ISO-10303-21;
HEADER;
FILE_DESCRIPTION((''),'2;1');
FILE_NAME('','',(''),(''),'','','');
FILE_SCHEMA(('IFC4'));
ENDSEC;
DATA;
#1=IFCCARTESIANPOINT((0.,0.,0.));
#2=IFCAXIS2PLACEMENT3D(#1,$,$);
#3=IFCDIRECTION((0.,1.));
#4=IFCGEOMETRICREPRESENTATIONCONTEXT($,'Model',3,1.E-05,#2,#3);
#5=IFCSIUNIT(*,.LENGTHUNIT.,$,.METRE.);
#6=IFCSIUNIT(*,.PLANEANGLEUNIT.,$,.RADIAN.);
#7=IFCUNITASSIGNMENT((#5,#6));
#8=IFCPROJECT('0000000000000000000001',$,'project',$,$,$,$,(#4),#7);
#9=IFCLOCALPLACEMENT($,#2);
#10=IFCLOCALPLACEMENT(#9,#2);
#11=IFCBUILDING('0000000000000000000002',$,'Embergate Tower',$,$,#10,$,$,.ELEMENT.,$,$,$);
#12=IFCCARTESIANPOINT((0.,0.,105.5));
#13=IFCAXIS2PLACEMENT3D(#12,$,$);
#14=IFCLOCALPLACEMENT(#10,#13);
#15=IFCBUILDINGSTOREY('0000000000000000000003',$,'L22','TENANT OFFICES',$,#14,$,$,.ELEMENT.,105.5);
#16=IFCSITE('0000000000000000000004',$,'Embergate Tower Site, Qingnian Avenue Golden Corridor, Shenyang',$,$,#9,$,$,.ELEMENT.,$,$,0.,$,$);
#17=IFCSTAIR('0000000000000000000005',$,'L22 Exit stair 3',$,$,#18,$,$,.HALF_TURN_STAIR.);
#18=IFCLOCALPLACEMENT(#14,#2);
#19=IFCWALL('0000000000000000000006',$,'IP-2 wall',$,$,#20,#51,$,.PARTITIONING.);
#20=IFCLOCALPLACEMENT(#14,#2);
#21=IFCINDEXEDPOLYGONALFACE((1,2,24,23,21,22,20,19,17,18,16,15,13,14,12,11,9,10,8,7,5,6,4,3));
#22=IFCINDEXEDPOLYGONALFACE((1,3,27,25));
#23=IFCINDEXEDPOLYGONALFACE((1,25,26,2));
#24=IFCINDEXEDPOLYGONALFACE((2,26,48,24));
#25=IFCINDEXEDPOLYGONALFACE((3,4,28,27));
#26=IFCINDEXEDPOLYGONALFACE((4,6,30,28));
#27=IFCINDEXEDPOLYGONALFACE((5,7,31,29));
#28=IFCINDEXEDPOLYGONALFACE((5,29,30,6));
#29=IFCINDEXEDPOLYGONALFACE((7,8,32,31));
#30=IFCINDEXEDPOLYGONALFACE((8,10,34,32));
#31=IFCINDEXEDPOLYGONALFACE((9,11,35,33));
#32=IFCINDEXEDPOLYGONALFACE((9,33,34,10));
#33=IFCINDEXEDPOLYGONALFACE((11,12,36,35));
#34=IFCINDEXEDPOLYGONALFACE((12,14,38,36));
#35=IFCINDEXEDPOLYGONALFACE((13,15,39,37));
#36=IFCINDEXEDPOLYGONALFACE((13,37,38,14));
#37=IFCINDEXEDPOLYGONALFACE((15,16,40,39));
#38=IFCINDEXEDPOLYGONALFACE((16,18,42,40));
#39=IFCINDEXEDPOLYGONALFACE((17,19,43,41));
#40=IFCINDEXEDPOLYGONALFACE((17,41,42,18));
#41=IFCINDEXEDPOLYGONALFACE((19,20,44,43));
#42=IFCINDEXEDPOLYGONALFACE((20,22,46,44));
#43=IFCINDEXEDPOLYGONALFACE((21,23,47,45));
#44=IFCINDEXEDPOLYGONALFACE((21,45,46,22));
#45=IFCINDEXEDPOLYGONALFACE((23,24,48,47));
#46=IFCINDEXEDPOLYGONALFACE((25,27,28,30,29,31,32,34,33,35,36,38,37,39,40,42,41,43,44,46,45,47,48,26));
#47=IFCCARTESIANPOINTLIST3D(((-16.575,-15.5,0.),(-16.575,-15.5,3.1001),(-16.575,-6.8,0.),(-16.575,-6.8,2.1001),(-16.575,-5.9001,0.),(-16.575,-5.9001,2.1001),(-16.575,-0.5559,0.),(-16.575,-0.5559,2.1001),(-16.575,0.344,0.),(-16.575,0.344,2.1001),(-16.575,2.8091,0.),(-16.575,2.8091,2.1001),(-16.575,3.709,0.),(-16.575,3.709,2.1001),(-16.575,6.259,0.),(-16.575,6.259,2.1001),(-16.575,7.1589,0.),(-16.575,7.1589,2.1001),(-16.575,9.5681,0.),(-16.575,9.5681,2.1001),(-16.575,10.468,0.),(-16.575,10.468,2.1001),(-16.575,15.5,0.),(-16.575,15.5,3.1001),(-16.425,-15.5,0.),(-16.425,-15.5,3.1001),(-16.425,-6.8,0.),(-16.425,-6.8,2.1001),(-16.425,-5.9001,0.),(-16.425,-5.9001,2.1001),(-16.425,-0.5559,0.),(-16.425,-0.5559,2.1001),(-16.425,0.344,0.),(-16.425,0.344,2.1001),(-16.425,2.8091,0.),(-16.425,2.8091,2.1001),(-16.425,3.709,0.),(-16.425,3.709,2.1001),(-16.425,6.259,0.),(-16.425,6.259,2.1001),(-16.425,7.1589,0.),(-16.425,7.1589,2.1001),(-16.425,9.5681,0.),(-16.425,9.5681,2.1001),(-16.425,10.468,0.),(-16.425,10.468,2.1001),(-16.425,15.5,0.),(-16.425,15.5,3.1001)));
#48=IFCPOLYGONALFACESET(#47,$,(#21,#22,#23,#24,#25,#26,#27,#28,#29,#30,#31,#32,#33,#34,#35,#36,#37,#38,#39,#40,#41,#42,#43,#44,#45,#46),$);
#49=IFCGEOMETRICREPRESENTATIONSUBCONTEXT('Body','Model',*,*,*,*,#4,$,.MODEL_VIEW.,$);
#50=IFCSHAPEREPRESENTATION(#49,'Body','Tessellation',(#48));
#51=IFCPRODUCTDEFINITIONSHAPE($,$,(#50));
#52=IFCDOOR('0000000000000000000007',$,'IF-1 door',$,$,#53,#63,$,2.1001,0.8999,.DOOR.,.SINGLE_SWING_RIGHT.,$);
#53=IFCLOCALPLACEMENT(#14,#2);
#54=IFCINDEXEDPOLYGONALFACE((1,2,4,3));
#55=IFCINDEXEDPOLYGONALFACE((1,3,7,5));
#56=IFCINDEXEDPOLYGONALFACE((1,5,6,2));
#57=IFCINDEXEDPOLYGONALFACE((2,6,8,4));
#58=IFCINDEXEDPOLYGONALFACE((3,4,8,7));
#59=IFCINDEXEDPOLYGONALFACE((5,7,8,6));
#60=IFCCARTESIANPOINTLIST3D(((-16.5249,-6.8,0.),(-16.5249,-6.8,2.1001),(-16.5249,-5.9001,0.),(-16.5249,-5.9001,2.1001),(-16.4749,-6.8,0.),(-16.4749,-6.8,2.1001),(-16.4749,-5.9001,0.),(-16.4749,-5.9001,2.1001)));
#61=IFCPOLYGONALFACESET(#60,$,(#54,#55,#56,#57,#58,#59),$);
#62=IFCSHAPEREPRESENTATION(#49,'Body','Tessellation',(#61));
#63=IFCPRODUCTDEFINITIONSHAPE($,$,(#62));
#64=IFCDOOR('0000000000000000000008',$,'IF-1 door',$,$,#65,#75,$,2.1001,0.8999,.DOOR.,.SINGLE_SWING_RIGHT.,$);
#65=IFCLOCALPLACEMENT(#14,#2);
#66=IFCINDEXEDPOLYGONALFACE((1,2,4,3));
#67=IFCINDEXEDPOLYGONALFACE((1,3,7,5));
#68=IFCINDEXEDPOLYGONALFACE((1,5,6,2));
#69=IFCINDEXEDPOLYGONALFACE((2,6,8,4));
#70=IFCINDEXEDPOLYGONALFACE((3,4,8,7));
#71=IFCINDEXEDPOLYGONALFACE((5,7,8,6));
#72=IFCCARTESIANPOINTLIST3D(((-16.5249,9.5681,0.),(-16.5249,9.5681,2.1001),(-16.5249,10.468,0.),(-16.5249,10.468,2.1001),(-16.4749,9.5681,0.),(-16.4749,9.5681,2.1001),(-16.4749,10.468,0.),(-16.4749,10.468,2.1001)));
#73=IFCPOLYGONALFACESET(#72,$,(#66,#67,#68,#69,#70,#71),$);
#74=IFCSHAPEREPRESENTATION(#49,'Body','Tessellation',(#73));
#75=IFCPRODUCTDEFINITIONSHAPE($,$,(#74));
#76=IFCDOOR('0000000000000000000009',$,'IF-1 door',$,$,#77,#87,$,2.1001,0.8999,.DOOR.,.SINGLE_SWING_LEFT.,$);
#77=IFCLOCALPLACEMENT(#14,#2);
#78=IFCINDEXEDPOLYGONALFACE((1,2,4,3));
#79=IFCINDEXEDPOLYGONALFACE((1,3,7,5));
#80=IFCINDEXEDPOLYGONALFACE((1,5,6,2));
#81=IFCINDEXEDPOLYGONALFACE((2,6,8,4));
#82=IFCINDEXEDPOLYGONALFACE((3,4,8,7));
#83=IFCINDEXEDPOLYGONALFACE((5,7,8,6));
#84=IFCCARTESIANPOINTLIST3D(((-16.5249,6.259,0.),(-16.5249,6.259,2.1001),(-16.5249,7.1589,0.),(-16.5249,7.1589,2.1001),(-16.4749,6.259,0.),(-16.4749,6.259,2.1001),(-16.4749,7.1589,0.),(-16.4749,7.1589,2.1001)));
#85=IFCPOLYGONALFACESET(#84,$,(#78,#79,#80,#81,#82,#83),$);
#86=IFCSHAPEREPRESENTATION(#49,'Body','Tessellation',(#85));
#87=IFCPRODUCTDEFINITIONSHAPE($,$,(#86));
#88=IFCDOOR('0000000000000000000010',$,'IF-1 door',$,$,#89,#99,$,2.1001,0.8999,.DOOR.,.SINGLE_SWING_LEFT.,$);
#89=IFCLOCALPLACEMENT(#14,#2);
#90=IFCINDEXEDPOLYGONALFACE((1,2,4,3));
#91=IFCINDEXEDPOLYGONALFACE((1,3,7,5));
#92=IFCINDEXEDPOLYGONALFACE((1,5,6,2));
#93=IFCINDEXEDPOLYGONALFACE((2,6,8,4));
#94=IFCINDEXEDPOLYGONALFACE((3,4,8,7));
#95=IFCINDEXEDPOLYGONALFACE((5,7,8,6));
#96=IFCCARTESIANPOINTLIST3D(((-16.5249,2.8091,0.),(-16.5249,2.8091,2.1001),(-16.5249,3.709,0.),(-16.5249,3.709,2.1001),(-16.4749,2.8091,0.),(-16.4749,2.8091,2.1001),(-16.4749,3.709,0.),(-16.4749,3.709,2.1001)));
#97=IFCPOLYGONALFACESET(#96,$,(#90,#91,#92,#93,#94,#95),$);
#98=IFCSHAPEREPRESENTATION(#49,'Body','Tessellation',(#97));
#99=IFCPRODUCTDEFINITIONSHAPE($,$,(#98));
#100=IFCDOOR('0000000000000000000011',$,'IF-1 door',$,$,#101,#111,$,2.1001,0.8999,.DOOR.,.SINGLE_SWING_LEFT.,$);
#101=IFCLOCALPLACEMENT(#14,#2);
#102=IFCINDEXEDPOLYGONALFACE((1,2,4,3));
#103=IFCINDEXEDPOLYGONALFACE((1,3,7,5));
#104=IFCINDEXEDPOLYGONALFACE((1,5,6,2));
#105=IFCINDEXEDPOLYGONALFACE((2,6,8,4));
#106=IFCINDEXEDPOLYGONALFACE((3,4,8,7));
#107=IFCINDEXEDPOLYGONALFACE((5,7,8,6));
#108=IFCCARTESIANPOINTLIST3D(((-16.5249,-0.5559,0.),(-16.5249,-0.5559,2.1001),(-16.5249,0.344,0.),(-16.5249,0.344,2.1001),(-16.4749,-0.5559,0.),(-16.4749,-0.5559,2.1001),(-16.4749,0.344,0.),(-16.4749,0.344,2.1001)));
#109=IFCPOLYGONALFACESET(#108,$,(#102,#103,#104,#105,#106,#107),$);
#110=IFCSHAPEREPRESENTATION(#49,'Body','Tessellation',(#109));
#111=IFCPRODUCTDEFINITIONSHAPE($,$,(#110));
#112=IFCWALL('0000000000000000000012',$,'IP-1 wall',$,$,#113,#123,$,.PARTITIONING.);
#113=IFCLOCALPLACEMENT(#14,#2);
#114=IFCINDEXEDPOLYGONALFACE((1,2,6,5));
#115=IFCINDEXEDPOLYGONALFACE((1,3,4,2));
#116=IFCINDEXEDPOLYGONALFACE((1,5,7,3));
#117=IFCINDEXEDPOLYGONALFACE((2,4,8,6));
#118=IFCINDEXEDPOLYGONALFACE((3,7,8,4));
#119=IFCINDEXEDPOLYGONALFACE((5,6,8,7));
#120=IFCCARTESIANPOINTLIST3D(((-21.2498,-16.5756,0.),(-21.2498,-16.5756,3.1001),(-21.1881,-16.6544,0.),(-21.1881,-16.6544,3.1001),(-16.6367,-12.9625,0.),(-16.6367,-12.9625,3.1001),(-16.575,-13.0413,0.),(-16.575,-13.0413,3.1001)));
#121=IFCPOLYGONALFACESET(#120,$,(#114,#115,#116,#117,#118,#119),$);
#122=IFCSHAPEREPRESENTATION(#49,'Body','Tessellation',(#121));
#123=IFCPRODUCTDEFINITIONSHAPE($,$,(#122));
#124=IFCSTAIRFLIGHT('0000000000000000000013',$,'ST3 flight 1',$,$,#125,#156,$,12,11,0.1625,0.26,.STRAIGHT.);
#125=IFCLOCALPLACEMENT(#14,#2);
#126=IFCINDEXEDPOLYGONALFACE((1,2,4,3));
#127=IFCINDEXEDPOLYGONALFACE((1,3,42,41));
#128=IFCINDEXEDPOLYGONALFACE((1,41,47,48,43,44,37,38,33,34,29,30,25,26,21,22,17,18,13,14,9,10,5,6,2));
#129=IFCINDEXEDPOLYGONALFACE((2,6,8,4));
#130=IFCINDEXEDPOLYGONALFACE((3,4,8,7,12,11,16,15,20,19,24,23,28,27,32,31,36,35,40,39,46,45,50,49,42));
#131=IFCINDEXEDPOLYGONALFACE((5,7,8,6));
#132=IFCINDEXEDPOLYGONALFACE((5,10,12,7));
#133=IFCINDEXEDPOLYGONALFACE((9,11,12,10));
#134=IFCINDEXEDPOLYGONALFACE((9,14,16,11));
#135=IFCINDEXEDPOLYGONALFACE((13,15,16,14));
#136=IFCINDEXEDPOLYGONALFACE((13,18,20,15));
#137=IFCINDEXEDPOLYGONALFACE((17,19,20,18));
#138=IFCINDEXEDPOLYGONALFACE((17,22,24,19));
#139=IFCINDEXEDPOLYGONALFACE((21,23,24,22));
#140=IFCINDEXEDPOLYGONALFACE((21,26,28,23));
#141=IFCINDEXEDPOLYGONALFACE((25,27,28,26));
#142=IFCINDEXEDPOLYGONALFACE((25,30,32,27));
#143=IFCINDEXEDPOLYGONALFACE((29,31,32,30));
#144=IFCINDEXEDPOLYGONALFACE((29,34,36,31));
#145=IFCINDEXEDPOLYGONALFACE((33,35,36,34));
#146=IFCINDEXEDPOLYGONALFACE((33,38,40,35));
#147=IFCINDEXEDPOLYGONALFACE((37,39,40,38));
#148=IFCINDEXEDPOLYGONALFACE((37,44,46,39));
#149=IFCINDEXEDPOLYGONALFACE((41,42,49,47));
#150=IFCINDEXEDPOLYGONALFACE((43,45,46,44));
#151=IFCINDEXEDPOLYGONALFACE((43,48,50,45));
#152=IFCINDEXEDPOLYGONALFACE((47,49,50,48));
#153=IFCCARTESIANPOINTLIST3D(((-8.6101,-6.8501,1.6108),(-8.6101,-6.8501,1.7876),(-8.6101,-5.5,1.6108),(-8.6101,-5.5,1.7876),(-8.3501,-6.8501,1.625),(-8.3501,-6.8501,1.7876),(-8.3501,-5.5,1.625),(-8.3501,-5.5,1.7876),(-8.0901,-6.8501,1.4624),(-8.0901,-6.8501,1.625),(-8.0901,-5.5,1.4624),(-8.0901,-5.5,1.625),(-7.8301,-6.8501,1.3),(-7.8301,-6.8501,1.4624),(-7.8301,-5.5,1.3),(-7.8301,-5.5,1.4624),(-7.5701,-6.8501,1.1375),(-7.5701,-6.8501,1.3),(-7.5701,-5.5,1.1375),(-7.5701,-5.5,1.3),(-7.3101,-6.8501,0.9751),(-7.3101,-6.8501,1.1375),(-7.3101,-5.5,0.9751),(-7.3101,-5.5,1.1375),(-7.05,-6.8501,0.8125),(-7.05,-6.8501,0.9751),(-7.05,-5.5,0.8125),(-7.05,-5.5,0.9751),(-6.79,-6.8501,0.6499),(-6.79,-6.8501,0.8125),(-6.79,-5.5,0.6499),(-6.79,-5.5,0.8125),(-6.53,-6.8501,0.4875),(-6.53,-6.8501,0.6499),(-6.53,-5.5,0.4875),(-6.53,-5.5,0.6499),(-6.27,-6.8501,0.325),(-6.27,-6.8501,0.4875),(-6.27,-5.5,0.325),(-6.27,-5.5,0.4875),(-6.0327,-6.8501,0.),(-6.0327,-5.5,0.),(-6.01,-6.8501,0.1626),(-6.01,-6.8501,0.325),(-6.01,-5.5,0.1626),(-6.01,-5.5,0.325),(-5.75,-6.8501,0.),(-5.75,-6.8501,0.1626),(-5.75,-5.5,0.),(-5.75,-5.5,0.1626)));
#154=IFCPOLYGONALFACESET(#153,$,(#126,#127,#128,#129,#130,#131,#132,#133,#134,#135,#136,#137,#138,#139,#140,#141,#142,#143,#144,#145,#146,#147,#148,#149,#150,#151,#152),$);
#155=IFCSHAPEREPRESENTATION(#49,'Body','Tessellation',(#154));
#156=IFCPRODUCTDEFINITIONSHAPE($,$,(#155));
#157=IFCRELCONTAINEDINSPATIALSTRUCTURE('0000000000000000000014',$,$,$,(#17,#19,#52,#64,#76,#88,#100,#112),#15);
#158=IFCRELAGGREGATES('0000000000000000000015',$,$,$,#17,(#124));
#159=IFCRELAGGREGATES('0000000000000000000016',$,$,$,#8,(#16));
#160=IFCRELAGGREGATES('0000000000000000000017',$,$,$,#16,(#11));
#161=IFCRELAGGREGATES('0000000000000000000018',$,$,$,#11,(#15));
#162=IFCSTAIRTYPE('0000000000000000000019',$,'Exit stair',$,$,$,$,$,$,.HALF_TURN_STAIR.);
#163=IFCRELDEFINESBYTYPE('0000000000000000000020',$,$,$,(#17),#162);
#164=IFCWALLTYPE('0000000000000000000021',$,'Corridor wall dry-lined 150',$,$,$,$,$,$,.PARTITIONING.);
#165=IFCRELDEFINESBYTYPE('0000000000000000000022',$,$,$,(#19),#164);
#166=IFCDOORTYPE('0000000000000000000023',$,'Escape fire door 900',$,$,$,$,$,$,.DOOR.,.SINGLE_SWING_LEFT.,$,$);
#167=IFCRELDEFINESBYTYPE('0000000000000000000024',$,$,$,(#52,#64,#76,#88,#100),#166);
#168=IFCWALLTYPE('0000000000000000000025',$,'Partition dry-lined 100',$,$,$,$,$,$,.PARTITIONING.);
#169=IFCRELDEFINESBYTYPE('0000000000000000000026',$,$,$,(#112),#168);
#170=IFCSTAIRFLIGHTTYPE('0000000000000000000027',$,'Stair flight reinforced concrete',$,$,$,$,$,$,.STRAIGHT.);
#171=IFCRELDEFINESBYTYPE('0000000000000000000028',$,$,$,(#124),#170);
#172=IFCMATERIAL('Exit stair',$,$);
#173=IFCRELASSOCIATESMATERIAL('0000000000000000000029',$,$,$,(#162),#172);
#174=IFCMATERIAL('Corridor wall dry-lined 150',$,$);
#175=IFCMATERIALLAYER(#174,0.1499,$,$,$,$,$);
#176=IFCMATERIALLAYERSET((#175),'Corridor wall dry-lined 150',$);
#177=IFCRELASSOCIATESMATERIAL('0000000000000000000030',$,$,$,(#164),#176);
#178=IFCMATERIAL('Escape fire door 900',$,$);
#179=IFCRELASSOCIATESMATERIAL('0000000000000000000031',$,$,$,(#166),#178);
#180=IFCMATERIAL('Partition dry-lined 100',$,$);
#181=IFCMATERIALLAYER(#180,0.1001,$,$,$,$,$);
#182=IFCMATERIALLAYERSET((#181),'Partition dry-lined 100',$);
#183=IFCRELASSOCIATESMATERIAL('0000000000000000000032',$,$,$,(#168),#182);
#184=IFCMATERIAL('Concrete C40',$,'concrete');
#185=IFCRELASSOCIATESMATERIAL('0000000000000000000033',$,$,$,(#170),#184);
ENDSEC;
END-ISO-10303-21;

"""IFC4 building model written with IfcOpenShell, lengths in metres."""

from ifc_helpers import new_model, si_unit, direction, frame, frame_2d, origin, place, context, subcontext, project, spatial, polyline, rectangle, outline, extrude, source, transform, mapped, material, layer, layer_set, type_object, element, fill, aggregate, save


model = new_model("IFC4")

# Units and contexts
model_context = context("Model", 3, precision=1e-05, world=origin(), true_north=direction((0.0, 1.0)))
body_context = subcontext(model_context, "Body", "Model", "MODEL_VIEW")
ifc_project = project(units=[si_unit("LENGTHUNIT", "METRE"), si_unit("PLANEANGLEUNIT", "RADIAN")], contexts=[model_context])

# Site, building, storey
site_placement = place(None, origin())
site = spatial("IfcSite", under=ifc_project, at=site_placement, Name="Embergate Tower Site, Qingnian Avenue Golden Corridor, Shenyang", CompositionType="ELEMENT", RefElevation=0.0)
building_placement = place(site_placement, origin())
building = spatial("IfcBuilding", under=site, at=building_placement, Name="Embergate Tower", CompositionType="ELEMENT")
storey_placement = place(building_placement, frame((0.0, 0.0, 105.5)))
storey = spatial("IfcBuildingStorey", under=building, at=storey_placement, Name="L22", Description="TENANT OFFICES", CompositionType="ELEMENT", Elevation=105.5)

# Stair
ifc_material_1 = material(Name="Exit stair")
stair_type = type_object("IfcStairType", Name="Exit stair", PredefinedType="HALF_TURN_STAIR", material=ifc_material_1)
stair_placement = place(storey_placement, origin())
stair = element("IfcStair", 1, at=stair_placement, inside=storey, type_object=stair_type, Name="L22 Exit stair 3", PredefinedType="HALF_TURN_STAIR")
ifc_material_2 = material(Name="Concrete C40", Category="concrete")

# Shared definitions
shared_shape_1 = source(origin(), body_context, "Body", "SweptSolid", [
    extrude(rectangle(XDim=0.8999, YDim=2.1001, at=frame_2d((0.45, 1.05))), frame((0.0, 0.0249, 0.0), z_axis=(0.0, -1.0, 0.0), x_axis=(1.0, 0.0, 0.0)), (0.0, 0.0, 1.0), 0.05),
])

# Wall, openings, doors
ifc_material_3 = material(Name="Corridor wall dry-lined 150")
ifc_layer_1 = layer(ifc_material_3, 0.1499)
ifc_layer_set_1 = layer_set([ifc_layer_1], Name="Corridor wall dry-lined 150")
wall_type_1 = type_object("IfcWallType", Name="Corridor wall dry-lined 150", PredefinedType="PARTITIONING", material=ifc_layer_set_1)
shared_shape_2 = source(origin(), body_context, "Body", "SweptSolid", [
    extrude(rectangle(XDim=31.0, YDim=0.1499, at=frame_2d((15.5, 0.0))), origin(), (0.0, 0.0, 1.0), 3.1001),
])
wall_1_placement = place(storey_placement, frame((-16.5, -15.5, 0.0), z_axis=(0.0, 0.0, 1.0), x_axis=(0.0, 1.0, 0.0)))
wall_1 = element("IfcWall", 2, at=wall_1_placement, inside=storey, type_object=wall_type_1, Name="IP-2 wall", PredefinedType="PARTITIONING", context=body_context, shape_type="MappedRepresentation", body=[
    mapped(shared_shape_2, transform((0.0, 0.0, 0.0))),
])
shared_shape_3 = source(origin(), body_context, "Body", "SweptSolid", [
    extrude(rectangle(XDim=0.8999, YDim=2.1001, at=frame_2d((0.45, 1.05))), frame((0.0, 0.085, 0.0), z_axis=(0.0, -1.0, 0.0), x_axis=(1.0, 0.0, 0.0)), (0.0, 0.0, 1.0), 0.1699),
])
opening_1_placement = place(wall_1_placement, frame((8.7, 0.0, 0.0)))
opening_1 = element("IfcOpeningElement", 3, at=opening_1_placement, cuts=wall_1, PredefinedType="OPENING", context=body_context, shape_type="MappedRepresentation", body=[
    mapped(shared_shape_3, transform((0.0, 0.0, 0.0))),
])
opening_2_placement = place(wall_1_placement, frame((25.0681, 0.0, 0.0)))
opening_2 = element("IfcOpeningElement", 4, at=opening_2_placement, cuts=wall_1, PredefinedType="OPENING", context=body_context, shape_type="MappedRepresentation", body=[
    mapped(shared_shape_3, transform((0.0, 0.0, 0.0))),
])
opening_3_placement = place(wall_1_placement, frame((21.759, 0.0, 0.0)))
opening_3 = element("IfcOpeningElement", 5, at=opening_3_placement, cuts=wall_1, PredefinedType="OPENING", context=body_context, shape_type="MappedRepresentation", body=[
    mapped(shared_shape_3, transform((0.0, 0.0, 0.0))),
])
opening_4_placement = place(wall_1_placement, frame((18.3091, 0.0, 0.0)))
opening_4 = element("IfcOpeningElement", 6, at=opening_4_placement, cuts=wall_1, PredefinedType="OPENING", context=body_context, shape_type="MappedRepresentation", body=[
    mapped(shared_shape_3, transform((0.0, 0.0, 0.0))),
])
opening_5_placement = place(wall_1_placement, frame((14.9441, 0.0, 0.0)))
opening_5 = element("IfcOpeningElement", 7, at=opening_5_placement, cuts=wall_1, PredefinedType="OPENING", context=body_context, shape_type="MappedRepresentation", body=[
    mapped(shared_shape_3, transform((0.0, 0.0, 0.0))),
])
ifc_material_4 = material(Name="Escape fire door 900")
door_type_1 = type_object("IfcDoorType", Name="Escape fire door 900", OperationType="SINGLE_SWING_LEFT", PredefinedType="DOOR", material=ifc_material_4)
door_1_placement = place(opening_1_placement, origin())
door_1 = element("IfcDoor", 8, at=door_1_placement, inside=storey, type_object=door_type_1, Name="IF-1 door", OperationType="SINGLE_SWING_RIGHT", OverallHeight=2.1001, OverallWidth=0.8999, PredefinedType="DOOR", context=body_context, shape_type="MappedRepresentation", body=[
    mapped(shared_shape_1, transform((0.0, 0.0, 0.0))),
])
fill(opening_1, door_1)
door_2_placement = place(opening_2_placement, origin())
door_2 = element("IfcDoor", 9, at=door_2_placement, inside=storey, type_object=door_type_1, Name="IF-1 door", OperationType="SINGLE_SWING_RIGHT", OverallHeight=2.1001, OverallWidth=0.8999, PredefinedType="DOOR", context=body_context, shape_type="MappedRepresentation", body=[
    mapped(shared_shape_1, transform((0.0, 0.0, 0.0))),
])
fill(opening_2, door_2)
door_3_placement = place(opening_3_placement, origin())
door_3 = element("IfcDoor", 10, at=door_3_placement, inside=storey, type_object=door_type_1, Name="IF-1 door", OperationType="SINGLE_SWING_LEFT", OverallHeight=2.1001, OverallWidth=0.8999, PredefinedType="DOOR", context=body_context, shape_type="MappedRepresentation", body=[
    mapped(shared_shape_1, transform((0.0, 0.0, 0.0))),
])
fill(opening_3, door_3)
door_4_placement = place(opening_4_placement, origin())
door_4 = element("IfcDoor", 11, at=door_4_placement, inside=storey, type_object=door_type_1, Name="IF-1 door", OperationType="SINGLE_SWING_LEFT", OverallHeight=2.1001, OverallWidth=0.8999, PredefinedType="DOOR", context=body_context, shape_type="MappedRepresentation", body=[
    mapped(shared_shape_1, transform((0.0, 0.0, 0.0))),
])
fill(opening_4, door_4)
door_5_placement = place(opening_5_placement, origin())
door_5 = element("IfcDoor", 12, at=door_5_placement, inside=storey, type_object=door_type_1, Name="IF-1 door", OperationType="SINGLE_SWING_LEFT", OverallHeight=2.1001, OverallWidth=0.8999, PredefinedType="DOOR", context=body_context, shape_type="MappedRepresentation", body=[
    mapped(shared_shape_1, transform((0.0, 0.0, 0.0))),
])
fill(opening_5, door_5)

# Wall
ifc_material_5 = material(Name="Partition dry-lined 100")
ifc_layer_2 = layer(ifc_material_5, 0.1001)
ifc_layer_set_2 = layer_set([ifc_layer_2], Name="Partition dry-lined 100")
wall_type_2 = type_object("IfcWallType", Name="Partition dry-lined 100", PredefinedType="PARTITIONING", material=ifc_layer_set_2)
shared_shape_4 = source(origin(), body_context, "Body", "SweptSolid", [
    extrude(rectangle(XDim=5.8596, YDim=0.1001, at=frame_2d((2.9297, 0.0))), origin(), (0.0, 0.0, 1.0), 3.1001),
])
wall_2_placement = place(storey_placement, frame((-16.606, -13.002, 0.0), z_axis=(0.0, 0.0, 1.0), x_axis=(-0.78727, -0.616608, 0.0)))
element("IfcWall", 13, at=wall_2_placement, inside=storey, type_object=wall_type_2, Name="IP-1 wall", PredefinedType="PARTITIONING", context=body_context, shape_type="MappedRepresentation", body=[
    mapped(shared_shape_4, transform((0.0, 0.0, 0.0))),
])

# Stair flight
stair_flight_type = type_object("IfcStairFlightType", Name="Stair flight reinforced concrete", PredefinedType="STRAIGHT", material=ifc_material_2)
shared_shape_5 = source(origin(), body_context, "Body", "SweptSolid", [
    extrude(outline(polyline([(0.0, 0.0), (0.0, 0.1626), (0.26, 0.1626), (0.26, 0.325), (0.52, 0.325), (0.52, 0.4875), (0.78, 0.4875), (0.78, 0.6499), (1.04, 0.6499), (1.04, 0.8125), (1.3, 0.8125), (1.3, 0.9751), (1.5601, 0.9751), (1.5601, 1.1375), (1.8201, 1.1375), (1.8201, 1.3), (2.0801, 1.3), (2.0801, 1.4624), (2.3401, 1.4624), (2.3401, 1.625), (2.6001, 1.625), (2.6001, 1.7876), (2.8601, 1.7876), (2.8601, 1.95), (2.8601, 1.6108), (0.2827, 0.0), (0.0, 0.0)])), frame((0.0, 0.675, 0.0), z_axis=(0.0, -1.0, 0.0), x_axis=(1.0, 0.0, 0.0)), (0.0, 0.0, 1.0), 1.3501),
])
stair_flight_1_placement = place(storey_placement, frame((-5.75, -6.175, 0.0), z_axis=(0.0, 0.0, 1.0), x_axis=(-1.0, 0.0, 0.0)))
stair_flight_1 = element("IfcStairFlight", 14, at=stair_flight_1_placement, type_object=stair_flight_type, Name="ST3 flight 1", NumberOfRisers=12, NumberOfTreads=11, PredefinedType="STRAIGHT", RiserHeight=0.1625, TreadLength=0.26, context=body_context, shape_type="MappedRepresentation", body=[
    mapped(shared_shape_5, transform((0.0, 0.0, 0.0))),
])
aggregate(stair, [stair_flight_1])

save(model, "model.ifc")
